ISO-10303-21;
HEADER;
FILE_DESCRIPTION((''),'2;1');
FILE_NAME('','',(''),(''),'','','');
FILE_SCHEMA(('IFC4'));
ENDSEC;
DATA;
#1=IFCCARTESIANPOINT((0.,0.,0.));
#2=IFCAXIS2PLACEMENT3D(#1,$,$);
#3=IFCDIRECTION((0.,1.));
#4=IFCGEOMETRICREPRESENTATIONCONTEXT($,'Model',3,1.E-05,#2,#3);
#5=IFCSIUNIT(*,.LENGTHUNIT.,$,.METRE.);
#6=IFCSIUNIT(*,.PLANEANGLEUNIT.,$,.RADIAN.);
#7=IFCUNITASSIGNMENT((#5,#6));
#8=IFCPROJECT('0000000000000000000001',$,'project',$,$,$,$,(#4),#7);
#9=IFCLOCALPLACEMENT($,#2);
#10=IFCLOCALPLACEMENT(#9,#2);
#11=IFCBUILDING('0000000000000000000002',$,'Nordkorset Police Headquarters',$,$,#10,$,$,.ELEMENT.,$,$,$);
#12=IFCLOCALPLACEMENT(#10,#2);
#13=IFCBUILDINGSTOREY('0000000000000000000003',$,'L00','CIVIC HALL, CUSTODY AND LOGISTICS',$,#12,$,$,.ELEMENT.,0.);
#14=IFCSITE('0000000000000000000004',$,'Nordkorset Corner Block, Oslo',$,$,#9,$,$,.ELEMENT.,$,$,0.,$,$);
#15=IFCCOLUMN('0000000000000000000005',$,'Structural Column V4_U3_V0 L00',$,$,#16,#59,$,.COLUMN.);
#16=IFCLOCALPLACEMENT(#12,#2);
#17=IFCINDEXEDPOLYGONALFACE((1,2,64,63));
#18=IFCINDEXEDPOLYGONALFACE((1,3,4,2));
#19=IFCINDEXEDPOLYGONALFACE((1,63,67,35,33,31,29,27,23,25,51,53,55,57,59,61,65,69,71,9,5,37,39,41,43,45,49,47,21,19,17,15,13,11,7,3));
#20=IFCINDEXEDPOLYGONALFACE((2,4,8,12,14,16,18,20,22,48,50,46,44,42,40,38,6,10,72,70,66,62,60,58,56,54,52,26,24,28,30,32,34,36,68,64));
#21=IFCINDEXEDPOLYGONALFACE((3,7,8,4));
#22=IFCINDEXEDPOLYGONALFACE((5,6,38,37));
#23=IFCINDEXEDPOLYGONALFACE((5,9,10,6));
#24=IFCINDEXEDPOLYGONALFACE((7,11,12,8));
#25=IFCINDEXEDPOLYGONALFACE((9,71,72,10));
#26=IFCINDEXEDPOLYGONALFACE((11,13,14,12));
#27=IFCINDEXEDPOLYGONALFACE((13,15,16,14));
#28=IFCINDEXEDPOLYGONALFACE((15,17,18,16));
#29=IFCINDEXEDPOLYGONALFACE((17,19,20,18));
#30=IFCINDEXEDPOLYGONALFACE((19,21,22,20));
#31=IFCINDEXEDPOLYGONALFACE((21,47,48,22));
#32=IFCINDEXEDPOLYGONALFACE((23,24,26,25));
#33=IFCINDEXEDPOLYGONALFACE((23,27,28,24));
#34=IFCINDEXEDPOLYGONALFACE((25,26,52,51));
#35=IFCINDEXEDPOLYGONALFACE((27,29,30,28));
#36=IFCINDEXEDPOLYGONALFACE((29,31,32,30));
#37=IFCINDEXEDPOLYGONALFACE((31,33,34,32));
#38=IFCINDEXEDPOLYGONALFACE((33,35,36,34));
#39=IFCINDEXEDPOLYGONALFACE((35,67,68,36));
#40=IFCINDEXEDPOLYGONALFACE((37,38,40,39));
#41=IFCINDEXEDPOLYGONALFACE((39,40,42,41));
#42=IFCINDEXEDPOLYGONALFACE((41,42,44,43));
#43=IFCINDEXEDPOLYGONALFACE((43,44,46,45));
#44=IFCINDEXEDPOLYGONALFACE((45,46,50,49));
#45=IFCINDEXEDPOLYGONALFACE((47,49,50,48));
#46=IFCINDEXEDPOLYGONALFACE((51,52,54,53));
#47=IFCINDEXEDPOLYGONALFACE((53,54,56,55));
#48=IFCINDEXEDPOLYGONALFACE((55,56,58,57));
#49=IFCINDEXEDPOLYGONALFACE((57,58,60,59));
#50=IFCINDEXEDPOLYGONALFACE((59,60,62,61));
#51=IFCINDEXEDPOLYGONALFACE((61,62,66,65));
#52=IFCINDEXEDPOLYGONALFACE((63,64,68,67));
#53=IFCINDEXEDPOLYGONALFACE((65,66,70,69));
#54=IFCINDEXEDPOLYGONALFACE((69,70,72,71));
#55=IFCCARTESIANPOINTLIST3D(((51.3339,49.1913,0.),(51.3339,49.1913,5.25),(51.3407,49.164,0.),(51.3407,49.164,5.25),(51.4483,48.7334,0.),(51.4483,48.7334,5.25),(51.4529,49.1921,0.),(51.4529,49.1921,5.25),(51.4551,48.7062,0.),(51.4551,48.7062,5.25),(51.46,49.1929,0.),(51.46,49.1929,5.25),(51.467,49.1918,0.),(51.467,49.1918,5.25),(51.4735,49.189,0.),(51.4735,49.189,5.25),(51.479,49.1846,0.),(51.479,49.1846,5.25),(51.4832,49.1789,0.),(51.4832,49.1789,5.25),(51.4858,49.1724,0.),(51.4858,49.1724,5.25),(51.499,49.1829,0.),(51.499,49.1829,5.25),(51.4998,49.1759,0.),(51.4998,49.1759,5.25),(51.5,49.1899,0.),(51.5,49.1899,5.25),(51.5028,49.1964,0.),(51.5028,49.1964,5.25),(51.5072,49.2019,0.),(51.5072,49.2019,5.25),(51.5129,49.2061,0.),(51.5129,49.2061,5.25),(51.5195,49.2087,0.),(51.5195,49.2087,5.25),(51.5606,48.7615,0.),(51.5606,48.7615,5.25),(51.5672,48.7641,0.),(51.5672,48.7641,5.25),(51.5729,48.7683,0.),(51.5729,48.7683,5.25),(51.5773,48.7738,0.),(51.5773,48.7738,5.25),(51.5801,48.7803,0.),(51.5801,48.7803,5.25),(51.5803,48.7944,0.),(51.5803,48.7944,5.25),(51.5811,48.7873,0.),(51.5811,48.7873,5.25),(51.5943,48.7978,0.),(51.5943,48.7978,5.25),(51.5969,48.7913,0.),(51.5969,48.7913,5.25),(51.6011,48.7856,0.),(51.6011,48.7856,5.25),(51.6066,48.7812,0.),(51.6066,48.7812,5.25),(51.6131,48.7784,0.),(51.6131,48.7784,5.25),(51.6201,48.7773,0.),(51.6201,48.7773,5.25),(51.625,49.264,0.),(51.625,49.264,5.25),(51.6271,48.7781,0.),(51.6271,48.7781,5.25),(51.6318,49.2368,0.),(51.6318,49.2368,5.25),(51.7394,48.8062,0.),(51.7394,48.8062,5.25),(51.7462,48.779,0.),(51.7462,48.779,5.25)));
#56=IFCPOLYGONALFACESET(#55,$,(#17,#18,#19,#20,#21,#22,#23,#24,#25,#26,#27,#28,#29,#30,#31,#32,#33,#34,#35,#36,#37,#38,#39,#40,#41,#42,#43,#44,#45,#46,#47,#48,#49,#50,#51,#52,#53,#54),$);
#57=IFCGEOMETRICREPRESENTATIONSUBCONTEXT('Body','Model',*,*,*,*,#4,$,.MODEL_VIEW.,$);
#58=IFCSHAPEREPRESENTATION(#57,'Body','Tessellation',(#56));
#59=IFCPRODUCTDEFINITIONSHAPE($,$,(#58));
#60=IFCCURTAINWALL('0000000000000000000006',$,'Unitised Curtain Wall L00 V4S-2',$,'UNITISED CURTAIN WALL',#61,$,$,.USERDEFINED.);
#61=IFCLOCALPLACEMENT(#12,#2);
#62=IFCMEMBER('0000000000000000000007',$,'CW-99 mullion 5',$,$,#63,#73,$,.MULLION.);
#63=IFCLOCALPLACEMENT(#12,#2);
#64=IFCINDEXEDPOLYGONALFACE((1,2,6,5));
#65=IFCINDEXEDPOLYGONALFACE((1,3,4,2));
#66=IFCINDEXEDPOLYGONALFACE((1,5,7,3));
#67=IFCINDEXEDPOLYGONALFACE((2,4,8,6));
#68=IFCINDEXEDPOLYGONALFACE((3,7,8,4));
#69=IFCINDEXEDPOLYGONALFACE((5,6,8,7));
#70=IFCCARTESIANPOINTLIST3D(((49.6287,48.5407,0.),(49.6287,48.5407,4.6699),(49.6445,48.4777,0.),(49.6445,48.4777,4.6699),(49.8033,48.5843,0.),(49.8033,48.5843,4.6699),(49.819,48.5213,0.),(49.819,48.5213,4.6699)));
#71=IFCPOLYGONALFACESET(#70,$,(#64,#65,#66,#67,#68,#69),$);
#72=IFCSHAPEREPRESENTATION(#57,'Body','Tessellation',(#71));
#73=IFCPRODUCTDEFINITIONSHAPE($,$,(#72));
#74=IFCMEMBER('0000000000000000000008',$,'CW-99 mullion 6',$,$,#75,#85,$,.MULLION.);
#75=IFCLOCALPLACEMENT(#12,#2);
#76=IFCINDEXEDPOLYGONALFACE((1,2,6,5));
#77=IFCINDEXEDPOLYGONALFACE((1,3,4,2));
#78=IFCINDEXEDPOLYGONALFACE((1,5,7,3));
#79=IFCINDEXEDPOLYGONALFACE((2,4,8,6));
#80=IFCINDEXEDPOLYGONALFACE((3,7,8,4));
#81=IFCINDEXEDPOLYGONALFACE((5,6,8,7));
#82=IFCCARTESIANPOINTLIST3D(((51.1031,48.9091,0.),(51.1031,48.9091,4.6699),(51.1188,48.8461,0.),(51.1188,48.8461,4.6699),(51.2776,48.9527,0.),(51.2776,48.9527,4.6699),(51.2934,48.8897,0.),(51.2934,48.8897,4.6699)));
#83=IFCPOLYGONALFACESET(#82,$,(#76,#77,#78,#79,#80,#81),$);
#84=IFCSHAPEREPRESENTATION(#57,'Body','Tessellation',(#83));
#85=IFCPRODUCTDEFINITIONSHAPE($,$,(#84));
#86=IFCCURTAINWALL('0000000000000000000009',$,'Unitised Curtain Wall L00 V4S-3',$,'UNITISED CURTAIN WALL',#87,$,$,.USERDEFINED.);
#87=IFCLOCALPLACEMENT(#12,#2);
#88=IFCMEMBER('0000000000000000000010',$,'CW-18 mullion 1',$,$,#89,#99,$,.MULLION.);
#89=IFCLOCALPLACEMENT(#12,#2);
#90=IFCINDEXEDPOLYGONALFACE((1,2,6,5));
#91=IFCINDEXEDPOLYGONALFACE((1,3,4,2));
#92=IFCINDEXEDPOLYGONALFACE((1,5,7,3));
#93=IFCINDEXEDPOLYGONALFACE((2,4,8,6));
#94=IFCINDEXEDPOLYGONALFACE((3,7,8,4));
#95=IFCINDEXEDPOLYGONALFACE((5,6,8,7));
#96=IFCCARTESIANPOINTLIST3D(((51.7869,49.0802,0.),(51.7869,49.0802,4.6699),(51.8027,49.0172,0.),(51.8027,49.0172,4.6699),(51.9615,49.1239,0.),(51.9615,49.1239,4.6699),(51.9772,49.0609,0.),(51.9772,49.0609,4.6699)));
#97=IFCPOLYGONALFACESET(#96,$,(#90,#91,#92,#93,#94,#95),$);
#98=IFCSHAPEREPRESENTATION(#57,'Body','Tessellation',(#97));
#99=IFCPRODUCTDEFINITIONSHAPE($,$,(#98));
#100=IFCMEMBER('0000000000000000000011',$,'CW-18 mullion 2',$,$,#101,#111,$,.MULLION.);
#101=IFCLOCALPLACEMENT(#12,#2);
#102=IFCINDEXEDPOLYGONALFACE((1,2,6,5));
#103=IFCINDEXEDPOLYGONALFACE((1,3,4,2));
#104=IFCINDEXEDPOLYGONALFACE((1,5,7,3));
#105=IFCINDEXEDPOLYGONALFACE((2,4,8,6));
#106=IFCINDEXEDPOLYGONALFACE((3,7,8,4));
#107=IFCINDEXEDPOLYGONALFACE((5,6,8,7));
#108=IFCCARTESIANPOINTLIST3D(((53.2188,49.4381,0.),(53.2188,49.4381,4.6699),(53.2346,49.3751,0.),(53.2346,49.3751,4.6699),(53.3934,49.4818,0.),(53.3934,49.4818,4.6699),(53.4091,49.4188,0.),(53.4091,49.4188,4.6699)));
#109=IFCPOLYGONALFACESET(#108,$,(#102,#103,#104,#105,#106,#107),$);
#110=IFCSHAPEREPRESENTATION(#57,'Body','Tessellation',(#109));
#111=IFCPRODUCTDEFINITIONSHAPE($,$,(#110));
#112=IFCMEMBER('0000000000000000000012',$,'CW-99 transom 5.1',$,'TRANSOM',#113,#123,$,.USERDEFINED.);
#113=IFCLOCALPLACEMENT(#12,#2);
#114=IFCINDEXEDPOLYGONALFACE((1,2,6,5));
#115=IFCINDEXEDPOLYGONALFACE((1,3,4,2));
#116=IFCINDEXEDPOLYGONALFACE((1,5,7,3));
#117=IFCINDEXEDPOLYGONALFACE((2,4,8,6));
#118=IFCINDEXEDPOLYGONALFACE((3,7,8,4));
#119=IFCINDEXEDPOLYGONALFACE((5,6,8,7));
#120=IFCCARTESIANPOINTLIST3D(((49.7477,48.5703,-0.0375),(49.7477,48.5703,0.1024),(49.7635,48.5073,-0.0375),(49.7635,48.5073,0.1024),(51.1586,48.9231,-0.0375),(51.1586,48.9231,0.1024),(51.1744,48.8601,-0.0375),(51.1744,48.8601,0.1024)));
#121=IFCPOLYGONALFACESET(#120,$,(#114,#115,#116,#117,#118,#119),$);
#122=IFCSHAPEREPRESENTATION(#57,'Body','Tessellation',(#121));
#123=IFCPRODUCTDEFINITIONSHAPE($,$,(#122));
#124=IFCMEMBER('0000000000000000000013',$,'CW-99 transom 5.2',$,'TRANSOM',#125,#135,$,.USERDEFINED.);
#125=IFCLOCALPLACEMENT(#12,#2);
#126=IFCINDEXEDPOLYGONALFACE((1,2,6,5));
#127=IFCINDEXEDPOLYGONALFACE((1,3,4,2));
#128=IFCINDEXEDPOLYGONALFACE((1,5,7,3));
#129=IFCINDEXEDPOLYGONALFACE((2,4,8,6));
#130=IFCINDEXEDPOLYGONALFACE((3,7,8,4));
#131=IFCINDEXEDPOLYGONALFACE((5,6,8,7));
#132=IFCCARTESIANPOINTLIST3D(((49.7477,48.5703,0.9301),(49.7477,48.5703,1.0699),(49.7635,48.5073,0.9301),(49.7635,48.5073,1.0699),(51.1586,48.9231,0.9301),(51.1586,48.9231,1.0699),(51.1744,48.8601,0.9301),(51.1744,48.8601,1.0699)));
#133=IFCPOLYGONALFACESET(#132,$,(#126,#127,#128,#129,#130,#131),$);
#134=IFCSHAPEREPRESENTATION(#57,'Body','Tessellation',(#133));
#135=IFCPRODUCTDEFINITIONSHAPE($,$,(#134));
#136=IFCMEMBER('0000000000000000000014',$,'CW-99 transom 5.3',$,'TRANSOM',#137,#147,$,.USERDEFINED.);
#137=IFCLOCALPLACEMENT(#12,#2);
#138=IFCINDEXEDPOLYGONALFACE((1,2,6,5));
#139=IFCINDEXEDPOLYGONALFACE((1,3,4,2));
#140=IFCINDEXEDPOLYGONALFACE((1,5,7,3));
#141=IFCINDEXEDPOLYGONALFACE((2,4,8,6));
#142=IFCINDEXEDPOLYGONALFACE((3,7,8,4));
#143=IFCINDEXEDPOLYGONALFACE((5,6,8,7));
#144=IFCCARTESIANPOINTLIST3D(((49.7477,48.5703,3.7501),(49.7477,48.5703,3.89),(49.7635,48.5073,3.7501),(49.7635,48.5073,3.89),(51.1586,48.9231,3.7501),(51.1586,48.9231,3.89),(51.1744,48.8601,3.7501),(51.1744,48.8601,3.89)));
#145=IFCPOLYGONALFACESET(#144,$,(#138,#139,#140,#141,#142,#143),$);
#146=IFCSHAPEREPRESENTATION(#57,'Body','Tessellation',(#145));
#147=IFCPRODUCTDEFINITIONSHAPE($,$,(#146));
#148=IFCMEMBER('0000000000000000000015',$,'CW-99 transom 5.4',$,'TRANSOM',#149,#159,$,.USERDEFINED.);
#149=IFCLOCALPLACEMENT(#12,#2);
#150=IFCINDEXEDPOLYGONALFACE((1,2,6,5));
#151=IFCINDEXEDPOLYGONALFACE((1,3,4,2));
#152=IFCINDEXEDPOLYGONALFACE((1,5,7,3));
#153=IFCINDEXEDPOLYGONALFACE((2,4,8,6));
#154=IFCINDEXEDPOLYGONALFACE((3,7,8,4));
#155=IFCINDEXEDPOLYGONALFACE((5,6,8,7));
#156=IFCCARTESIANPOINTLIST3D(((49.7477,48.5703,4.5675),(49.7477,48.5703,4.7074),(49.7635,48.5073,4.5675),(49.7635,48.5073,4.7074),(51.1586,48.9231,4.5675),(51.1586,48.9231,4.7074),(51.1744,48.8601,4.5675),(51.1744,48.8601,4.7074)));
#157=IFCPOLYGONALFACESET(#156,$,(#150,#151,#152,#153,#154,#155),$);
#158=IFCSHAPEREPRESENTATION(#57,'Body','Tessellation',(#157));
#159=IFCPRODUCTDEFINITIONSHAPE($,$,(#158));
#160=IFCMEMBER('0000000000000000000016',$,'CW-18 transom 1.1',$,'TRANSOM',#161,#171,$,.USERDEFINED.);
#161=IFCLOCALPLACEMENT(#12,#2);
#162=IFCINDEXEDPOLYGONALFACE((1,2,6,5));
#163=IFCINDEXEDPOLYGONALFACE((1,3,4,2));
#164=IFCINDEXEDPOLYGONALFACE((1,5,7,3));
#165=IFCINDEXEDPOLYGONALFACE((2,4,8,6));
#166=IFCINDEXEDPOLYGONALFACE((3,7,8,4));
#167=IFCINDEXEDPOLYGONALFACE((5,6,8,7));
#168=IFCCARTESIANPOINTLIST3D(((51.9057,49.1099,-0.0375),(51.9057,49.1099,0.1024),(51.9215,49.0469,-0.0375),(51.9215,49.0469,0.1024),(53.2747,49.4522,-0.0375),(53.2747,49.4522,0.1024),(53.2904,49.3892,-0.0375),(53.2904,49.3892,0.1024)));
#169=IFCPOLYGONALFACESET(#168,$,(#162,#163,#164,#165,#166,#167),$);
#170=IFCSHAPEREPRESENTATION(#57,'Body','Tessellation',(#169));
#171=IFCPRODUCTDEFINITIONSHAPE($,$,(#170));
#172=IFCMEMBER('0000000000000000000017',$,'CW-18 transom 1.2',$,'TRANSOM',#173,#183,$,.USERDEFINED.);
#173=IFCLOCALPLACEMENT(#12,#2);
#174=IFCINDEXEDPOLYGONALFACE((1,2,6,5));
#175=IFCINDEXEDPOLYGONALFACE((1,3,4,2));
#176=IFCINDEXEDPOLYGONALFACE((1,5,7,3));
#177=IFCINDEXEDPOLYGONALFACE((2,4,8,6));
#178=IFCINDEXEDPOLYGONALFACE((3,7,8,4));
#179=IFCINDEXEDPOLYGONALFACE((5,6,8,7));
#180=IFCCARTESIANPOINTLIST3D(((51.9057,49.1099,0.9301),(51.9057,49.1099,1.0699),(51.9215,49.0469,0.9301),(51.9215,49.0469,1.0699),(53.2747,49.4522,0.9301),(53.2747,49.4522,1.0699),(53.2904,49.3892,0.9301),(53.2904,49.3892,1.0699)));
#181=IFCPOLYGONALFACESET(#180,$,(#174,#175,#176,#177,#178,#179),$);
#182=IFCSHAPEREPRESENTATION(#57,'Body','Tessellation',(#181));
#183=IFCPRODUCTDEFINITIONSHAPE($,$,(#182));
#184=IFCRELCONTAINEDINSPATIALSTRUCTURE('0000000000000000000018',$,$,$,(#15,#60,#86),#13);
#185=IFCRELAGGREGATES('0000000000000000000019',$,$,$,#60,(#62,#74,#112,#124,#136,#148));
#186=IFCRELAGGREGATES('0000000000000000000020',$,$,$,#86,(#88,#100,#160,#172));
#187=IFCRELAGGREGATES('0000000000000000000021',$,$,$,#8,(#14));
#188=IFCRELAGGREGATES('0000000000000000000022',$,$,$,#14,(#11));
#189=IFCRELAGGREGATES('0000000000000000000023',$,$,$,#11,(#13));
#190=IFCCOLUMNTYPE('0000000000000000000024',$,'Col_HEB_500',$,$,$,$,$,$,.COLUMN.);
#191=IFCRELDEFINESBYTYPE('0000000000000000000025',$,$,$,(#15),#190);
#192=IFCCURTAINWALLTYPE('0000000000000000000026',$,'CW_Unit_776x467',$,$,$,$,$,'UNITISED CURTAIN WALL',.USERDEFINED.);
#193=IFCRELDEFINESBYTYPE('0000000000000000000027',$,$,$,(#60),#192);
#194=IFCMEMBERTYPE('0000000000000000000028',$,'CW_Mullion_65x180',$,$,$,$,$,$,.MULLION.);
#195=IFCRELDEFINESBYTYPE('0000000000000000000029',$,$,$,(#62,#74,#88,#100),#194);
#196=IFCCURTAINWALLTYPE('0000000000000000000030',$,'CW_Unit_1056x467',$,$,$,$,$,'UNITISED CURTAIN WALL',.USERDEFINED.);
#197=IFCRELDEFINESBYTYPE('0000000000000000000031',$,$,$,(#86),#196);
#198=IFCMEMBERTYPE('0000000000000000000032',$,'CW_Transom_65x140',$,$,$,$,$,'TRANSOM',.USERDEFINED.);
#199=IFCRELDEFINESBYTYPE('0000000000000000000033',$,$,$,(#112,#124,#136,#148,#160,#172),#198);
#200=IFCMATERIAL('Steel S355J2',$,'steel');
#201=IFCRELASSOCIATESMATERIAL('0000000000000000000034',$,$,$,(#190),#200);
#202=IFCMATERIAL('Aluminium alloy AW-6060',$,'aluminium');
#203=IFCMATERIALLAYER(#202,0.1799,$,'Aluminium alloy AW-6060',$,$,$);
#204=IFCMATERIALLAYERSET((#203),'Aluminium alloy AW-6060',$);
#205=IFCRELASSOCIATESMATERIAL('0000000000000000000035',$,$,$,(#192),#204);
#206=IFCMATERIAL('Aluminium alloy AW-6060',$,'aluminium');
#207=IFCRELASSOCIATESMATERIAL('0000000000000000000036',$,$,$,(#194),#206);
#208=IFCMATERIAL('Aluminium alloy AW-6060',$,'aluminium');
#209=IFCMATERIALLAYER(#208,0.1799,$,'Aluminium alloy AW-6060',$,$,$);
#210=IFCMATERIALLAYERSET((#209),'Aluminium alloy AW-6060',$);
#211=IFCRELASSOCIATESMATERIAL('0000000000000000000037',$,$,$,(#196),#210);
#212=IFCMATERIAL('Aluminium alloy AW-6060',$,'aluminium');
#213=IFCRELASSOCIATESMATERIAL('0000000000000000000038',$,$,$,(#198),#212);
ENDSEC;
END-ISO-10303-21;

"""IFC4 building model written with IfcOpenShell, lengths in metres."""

from ifc_helpers import new_model, si_unit, direction, frame, origin, origin_2d, place, context, subcontext, project, spatial, rectangle, i_section, extrude, material, layer, layer_set, material_profile, profile_set, type_object, element, aggregate, save


model = new_model("IFC4")

# Units and contexts
model_context = context("Model", 3, precision=1e-05, world=origin(), true_north=direction((0.0, 1.0)))
body_context = subcontext(model_context, "Body", "Model", "MODEL_VIEW")
ifc_project = project(units=[si_unit("LENGTHUNIT", "METRE"), si_unit("PLANEANGLEUNIT", "RADIAN")], contexts=[model_context])

# Site, building, storey
site_placement = place(None, origin())
site = spatial("IfcSite", under=ifc_project, at=site_placement, Name="Nordkorset Corner Block, Oslo", CompositionType="ELEMENT", RefElevation=0.0)
building_placement = place(site_placement, origin())
building = spatial("IfcBuilding", under=site, at=building_placement, Name="Nordkorset Police Headquarters", CompositionType="ELEMENT")
storey_placement = place(building_placement, origin())
storey = spatial("IfcBuildingStorey", under=building, at=storey_placement, Name="L00", Description="CIVIC HALL, CUSTODY AND LOGISTICS", CompositionType="ELEMENT", Elevation=0.0)

# Column
ifc_material_1 = material(Name="Steel S355J2", Category="steel")
ifc_material_profile_1 = material_profile(ifc_material_1, i_section(OverallWidth=0.3, OverallDepth=0.5, WebThickness=0.0144, FlangeThickness=0.0281, FilletRadius=0.0271, at=origin_2d()), Name="HEB 500")
ifc_profile_set_1 = profile_set([ifc_material_profile_1], Name="Steel S355J2")
column_type = type_object("IfcColumnType", Name="Col_HEB_500", PredefinedType="COLUMN", material=ifc_profile_set_1)
column_placement = place(storey_placement, frame((51.54, 48.9851, 0.0), z_axis=(0.0, 0.0, 1.0), x_axis=(0.970143, 0.242536, 0.0)))
element("IfcColumn", 1, at=column_placement, inside=storey, type_object=column_type, Name="Structural Column V4_U3_V0 L00", PredefinedType="COLUMN", context=body_context, shape_type="SweptSolid", body=[
    extrude(i_section(OverallWidth=0.3, OverallDepth=0.5, WebThickness=0.0144, FlangeThickness=0.0281, FilletRadius=0.0271, at=origin_2d()), origin(), (0.0, 0.0, 1.0), 5.25),
])

# Curtain walls, members
ifc_material_2 = material(Name="Aluminium alloy AW-6060", Category="aluminium")
ifc_layer_1 = layer(ifc_material_2, 0.1799, Name="Aluminium alloy AW-6060")
ifc_layer_set_1 = layer_set([ifc_layer_1], Name="Aluminium alloy AW-6060")
curtain_wall_type_1 = type_object("IfcCurtainWallType", Name="CW_Unit_776x467", ElementType="UNITISED CURTAIN WALL", PredefinedType="USERDEFINED", material=ifc_layer_set_1)
curtain_wall_1_placement = place(storey_placement, origin())
curtain_wall_1 = element("IfcCurtainWall", 2, at=curtain_wall_1_placement, inside=storey, type_object=curtain_wall_type_1, Name="Unitised Curtain Wall L00 V4S-2", ObjectType="UNITISED CURTAIN WALL", PredefinedType="USERDEFINED")
ifc_material_3 = material(Name="Aluminium alloy AW-6060", Category="aluminium")
ifc_material_profile_2 = material_profile(ifc_material_3, rectangle(XDim=0.0649, YDim=0.1799, at=origin_2d()), Name="ALU MULL 65x180")
ifc_profile_set_2 = profile_set([ifc_material_profile_2], Name="Aluminium alloy AW-6060")
member_type_1 = type_object("IfcMemberType", Name="CW_Mullion_65x180", PredefinedType="MULLION", material=ifc_profile_set_2)
member_1_placement = place(storey_placement, frame((49.7239, 48.531, 0.0), z_axis=(0.0, 0.0, 1.0), x_axis=(-0.242535, 0.970143, 0.0)))
member_1 = element("IfcMember", 3, at=member_1_placement, type_object=member_type_1, Name="CW-99 mullion 5", PredefinedType="MULLION", context=body_context, shape_type="SweptSolid", body=[
    extrude(rectangle(XDim=0.0649, YDim=0.1799, at=origin_2d()), origin(), (0.0, 0.0, 1.0), 4.6699),
])
member_2_placement = place(storey_placement, frame((51.1982, 48.8994, 0.0), z_axis=(0.0, 0.0, 1.0), x_axis=(-0.242535, 0.970143, 0.0)))
member_2 = element("IfcMember", 4, at=member_2_placement, type_object=member_type_1, Name="CW-99 mullion 6", PredefinedType="MULLION", context=body_context, shape_type="SweptSolid", body=[
    extrude(rectangle(XDim=0.0649, YDim=0.1799, at=origin_2d()), origin(), (0.0, 0.0, 1.0), 4.6699),
])
ifc_material_4 = material(Name="Aluminium alloy AW-6060", Category="aluminium")
ifc_layer_2 = layer(ifc_material_4, 0.1799, Name="Aluminium alloy AW-6060")
ifc_layer_set_2 = layer_set([ifc_layer_2], Name="Aluminium alloy AW-6060")
curtain_wall_type_2 = type_object("IfcCurtainWallType", Name="CW_Unit_1056x467", ElementType="UNITISED CURTAIN WALL", PredefinedType="USERDEFINED", material=ifc_layer_set_2)
curtain_wall_2_placement = place(storey_placement, origin())
curtain_wall_2 = element("IfcCurtainWall", 5, at=curtain_wall_2_placement, inside=storey, type_object=curtain_wall_type_2, Name="Unitised Curtain Wall L00 V4S-3", ObjectType="UNITISED CURTAIN WALL", PredefinedType="USERDEFINED")
member_3_placement = place(storey_placement, frame((51.8821, 49.0706, 0.0), z_axis=(0.0, 0.0, 1.0), x_axis=(-0.242535, 0.970143, 0.0)))
member_3 = element("IfcMember", 6, at=member_3_placement, type_object=member_type_1, Name="CW-18 mullion 1", PredefinedType="MULLION", context=body_context, shape_type="SweptSolid", body=[
    extrude(rectangle(XDim=0.0649, YDim=0.1799, at=origin_2d()), origin(), (0.0, 0.0, 1.0), 4.6699),
])
member_4_placement = place(storey_placement, frame((53.314, 49.4285, 0.0), z_axis=(0.0, 0.0, 1.0), x_axis=(-0.242535, 0.970143, 0.0)))
member_4 = element("IfcMember", 7, at=member_4_placement, type_object=member_type_1, Name="CW-18 mullion 2", PredefinedType="MULLION", context=body_context, shape_type="SweptSolid", body=[
    extrude(rectangle(XDim=0.0649, YDim=0.1799, at=origin_2d()), origin(), (0.0, 0.0, 1.0), 4.6699),
])

# Members
ifc_material_5 = material(Name="Aluminium alloy AW-6060", Category="aluminium")
ifc_material_profile_3 = material_profile(ifc_material_5, rectangle(XDim=0.0649, YDim=0.1399, at=origin_2d()), Name="ALU TRAN 65x140")
ifc_profile_set_3 = profile_set([ifc_material_profile_3], Name="Aluminium alloy AW-6060")
member_type_2 = type_object("IfcMemberType", Name="CW_Transom_65x140", ElementType="TRANSOM", PredefinedType="USERDEFINED", material=ifc_profile_set_3)
member_5_placement = place(storey_placement, frame((49.7556, 48.5388, 0.0325), z_axis=(0.970133, 0.242575, 0.0), x_axis=(-0.242575, 0.970133, 0.0)))
member_5 = element("IfcMember", 8, at=member_5_placement, type_object=member_type_2, Name="CW-99 transom 5.1", ObjectType="TRANSOM", PredefinedType="USERDEFINED", context=body_context, shape_type="SweptSolid", body=[
    extrude(rectangle(XDim=0.0649, YDim=0.1399, at=origin_2d()), origin(), (0.0, 0.0, 1.0), 1.4543),
])
member_6_placement = place(storey_placement, frame((49.7556, 48.5388, 1.0), z_axis=(0.970133, 0.242575, 0.0), x_axis=(-0.242575, 0.970133, 0.0)))
member_6 = element("IfcMember", 9, at=member_6_placement, type_object=member_type_2, Name="CW-99 transom 5.2", ObjectType="TRANSOM", PredefinedType="USERDEFINED", context=body_context, shape_type="SweptSolid", body=[
    extrude(rectangle(XDim=0.0649, YDim=0.1399, at=origin_2d()), origin(), (0.0, 0.0, 1.0), 1.4543),
])
member_7_placement = place(storey_placement, frame((49.7556, 48.5388, 3.8201), z_axis=(0.970133, 0.242575, 0.0), x_axis=(-0.242575, 0.970133, 0.0)))
member_7 = element("IfcMember", 10, at=member_7_placement, type_object=member_type_2, Name="CW-99 transom 5.3", ObjectType="TRANSOM", PredefinedType="USERDEFINED", context=body_context, shape_type="SweptSolid", body=[
    extrude(rectangle(XDim=0.0649, YDim=0.1399, at=origin_2d()), origin(), (0.0, 0.0, 1.0), 1.4543),
])
member_8_placement = place(storey_placement, frame((49.7556, 48.5388, 4.6375), z_axis=(0.970133, 0.242575, 0.0), x_axis=(-0.242575, 0.970133, 0.0)))
member_8 = element("IfcMember", 11, at=member_8_placement, type_object=member_type_2, Name="CW-99 transom 5.4", ObjectType="TRANSOM", PredefinedType="USERDEFINED", context=body_context, shape_type="SweptSolid", body=[
    extrude(rectangle(XDim=0.0649, YDim=0.1399, at=origin_2d()), origin(), (0.0, 0.0, 1.0), 1.4543),
])
member_9_placement = place(storey_placement, frame((51.9136, 49.0784, 0.0325), z_axis=(0.970132, 0.242576, 0.0), x_axis=(-0.242576, 0.970132, 0.0)))
member_9 = element("IfcMember", 12, at=member_9_placement, type_object=member_type_2, Name="CW-18 transom 1.1", ObjectType="TRANSOM", PredefinedType="USERDEFINED", context=body_context, shape_type="SweptSolid", body=[
    extrude(rectangle(XDim=0.0649, YDim=0.1399, at=origin_2d()), origin(), (0.0, 0.0, 1.0), 1.4111),
])
member_10_placement = place(storey_placement, frame((51.9136, 49.0784, 1.0), z_axis=(0.970132, 0.242576, 0.0), x_axis=(-0.242576, 0.970132, 0.0)))
member_10 = element("IfcMember", 13, at=member_10_placement, type_object=member_type_2, Name="CW-18 transom 1.2", ObjectType="TRANSOM", PredefinedType="USERDEFINED", context=body_context, shape_type="SweptSolid", body=[
    extrude(rectangle(XDim=0.0649, YDim=0.1399, at=origin_2d()), origin(), (0.0, 0.0, 1.0), 1.4111),
])

aggregate(curtain_wall_1, [member_1, member_2, member_5, member_6, member_7, member_8])
aggregate(curtain_wall_2, [member_3, member_4, member_9, member_10])

save(model, "model.ifc")
